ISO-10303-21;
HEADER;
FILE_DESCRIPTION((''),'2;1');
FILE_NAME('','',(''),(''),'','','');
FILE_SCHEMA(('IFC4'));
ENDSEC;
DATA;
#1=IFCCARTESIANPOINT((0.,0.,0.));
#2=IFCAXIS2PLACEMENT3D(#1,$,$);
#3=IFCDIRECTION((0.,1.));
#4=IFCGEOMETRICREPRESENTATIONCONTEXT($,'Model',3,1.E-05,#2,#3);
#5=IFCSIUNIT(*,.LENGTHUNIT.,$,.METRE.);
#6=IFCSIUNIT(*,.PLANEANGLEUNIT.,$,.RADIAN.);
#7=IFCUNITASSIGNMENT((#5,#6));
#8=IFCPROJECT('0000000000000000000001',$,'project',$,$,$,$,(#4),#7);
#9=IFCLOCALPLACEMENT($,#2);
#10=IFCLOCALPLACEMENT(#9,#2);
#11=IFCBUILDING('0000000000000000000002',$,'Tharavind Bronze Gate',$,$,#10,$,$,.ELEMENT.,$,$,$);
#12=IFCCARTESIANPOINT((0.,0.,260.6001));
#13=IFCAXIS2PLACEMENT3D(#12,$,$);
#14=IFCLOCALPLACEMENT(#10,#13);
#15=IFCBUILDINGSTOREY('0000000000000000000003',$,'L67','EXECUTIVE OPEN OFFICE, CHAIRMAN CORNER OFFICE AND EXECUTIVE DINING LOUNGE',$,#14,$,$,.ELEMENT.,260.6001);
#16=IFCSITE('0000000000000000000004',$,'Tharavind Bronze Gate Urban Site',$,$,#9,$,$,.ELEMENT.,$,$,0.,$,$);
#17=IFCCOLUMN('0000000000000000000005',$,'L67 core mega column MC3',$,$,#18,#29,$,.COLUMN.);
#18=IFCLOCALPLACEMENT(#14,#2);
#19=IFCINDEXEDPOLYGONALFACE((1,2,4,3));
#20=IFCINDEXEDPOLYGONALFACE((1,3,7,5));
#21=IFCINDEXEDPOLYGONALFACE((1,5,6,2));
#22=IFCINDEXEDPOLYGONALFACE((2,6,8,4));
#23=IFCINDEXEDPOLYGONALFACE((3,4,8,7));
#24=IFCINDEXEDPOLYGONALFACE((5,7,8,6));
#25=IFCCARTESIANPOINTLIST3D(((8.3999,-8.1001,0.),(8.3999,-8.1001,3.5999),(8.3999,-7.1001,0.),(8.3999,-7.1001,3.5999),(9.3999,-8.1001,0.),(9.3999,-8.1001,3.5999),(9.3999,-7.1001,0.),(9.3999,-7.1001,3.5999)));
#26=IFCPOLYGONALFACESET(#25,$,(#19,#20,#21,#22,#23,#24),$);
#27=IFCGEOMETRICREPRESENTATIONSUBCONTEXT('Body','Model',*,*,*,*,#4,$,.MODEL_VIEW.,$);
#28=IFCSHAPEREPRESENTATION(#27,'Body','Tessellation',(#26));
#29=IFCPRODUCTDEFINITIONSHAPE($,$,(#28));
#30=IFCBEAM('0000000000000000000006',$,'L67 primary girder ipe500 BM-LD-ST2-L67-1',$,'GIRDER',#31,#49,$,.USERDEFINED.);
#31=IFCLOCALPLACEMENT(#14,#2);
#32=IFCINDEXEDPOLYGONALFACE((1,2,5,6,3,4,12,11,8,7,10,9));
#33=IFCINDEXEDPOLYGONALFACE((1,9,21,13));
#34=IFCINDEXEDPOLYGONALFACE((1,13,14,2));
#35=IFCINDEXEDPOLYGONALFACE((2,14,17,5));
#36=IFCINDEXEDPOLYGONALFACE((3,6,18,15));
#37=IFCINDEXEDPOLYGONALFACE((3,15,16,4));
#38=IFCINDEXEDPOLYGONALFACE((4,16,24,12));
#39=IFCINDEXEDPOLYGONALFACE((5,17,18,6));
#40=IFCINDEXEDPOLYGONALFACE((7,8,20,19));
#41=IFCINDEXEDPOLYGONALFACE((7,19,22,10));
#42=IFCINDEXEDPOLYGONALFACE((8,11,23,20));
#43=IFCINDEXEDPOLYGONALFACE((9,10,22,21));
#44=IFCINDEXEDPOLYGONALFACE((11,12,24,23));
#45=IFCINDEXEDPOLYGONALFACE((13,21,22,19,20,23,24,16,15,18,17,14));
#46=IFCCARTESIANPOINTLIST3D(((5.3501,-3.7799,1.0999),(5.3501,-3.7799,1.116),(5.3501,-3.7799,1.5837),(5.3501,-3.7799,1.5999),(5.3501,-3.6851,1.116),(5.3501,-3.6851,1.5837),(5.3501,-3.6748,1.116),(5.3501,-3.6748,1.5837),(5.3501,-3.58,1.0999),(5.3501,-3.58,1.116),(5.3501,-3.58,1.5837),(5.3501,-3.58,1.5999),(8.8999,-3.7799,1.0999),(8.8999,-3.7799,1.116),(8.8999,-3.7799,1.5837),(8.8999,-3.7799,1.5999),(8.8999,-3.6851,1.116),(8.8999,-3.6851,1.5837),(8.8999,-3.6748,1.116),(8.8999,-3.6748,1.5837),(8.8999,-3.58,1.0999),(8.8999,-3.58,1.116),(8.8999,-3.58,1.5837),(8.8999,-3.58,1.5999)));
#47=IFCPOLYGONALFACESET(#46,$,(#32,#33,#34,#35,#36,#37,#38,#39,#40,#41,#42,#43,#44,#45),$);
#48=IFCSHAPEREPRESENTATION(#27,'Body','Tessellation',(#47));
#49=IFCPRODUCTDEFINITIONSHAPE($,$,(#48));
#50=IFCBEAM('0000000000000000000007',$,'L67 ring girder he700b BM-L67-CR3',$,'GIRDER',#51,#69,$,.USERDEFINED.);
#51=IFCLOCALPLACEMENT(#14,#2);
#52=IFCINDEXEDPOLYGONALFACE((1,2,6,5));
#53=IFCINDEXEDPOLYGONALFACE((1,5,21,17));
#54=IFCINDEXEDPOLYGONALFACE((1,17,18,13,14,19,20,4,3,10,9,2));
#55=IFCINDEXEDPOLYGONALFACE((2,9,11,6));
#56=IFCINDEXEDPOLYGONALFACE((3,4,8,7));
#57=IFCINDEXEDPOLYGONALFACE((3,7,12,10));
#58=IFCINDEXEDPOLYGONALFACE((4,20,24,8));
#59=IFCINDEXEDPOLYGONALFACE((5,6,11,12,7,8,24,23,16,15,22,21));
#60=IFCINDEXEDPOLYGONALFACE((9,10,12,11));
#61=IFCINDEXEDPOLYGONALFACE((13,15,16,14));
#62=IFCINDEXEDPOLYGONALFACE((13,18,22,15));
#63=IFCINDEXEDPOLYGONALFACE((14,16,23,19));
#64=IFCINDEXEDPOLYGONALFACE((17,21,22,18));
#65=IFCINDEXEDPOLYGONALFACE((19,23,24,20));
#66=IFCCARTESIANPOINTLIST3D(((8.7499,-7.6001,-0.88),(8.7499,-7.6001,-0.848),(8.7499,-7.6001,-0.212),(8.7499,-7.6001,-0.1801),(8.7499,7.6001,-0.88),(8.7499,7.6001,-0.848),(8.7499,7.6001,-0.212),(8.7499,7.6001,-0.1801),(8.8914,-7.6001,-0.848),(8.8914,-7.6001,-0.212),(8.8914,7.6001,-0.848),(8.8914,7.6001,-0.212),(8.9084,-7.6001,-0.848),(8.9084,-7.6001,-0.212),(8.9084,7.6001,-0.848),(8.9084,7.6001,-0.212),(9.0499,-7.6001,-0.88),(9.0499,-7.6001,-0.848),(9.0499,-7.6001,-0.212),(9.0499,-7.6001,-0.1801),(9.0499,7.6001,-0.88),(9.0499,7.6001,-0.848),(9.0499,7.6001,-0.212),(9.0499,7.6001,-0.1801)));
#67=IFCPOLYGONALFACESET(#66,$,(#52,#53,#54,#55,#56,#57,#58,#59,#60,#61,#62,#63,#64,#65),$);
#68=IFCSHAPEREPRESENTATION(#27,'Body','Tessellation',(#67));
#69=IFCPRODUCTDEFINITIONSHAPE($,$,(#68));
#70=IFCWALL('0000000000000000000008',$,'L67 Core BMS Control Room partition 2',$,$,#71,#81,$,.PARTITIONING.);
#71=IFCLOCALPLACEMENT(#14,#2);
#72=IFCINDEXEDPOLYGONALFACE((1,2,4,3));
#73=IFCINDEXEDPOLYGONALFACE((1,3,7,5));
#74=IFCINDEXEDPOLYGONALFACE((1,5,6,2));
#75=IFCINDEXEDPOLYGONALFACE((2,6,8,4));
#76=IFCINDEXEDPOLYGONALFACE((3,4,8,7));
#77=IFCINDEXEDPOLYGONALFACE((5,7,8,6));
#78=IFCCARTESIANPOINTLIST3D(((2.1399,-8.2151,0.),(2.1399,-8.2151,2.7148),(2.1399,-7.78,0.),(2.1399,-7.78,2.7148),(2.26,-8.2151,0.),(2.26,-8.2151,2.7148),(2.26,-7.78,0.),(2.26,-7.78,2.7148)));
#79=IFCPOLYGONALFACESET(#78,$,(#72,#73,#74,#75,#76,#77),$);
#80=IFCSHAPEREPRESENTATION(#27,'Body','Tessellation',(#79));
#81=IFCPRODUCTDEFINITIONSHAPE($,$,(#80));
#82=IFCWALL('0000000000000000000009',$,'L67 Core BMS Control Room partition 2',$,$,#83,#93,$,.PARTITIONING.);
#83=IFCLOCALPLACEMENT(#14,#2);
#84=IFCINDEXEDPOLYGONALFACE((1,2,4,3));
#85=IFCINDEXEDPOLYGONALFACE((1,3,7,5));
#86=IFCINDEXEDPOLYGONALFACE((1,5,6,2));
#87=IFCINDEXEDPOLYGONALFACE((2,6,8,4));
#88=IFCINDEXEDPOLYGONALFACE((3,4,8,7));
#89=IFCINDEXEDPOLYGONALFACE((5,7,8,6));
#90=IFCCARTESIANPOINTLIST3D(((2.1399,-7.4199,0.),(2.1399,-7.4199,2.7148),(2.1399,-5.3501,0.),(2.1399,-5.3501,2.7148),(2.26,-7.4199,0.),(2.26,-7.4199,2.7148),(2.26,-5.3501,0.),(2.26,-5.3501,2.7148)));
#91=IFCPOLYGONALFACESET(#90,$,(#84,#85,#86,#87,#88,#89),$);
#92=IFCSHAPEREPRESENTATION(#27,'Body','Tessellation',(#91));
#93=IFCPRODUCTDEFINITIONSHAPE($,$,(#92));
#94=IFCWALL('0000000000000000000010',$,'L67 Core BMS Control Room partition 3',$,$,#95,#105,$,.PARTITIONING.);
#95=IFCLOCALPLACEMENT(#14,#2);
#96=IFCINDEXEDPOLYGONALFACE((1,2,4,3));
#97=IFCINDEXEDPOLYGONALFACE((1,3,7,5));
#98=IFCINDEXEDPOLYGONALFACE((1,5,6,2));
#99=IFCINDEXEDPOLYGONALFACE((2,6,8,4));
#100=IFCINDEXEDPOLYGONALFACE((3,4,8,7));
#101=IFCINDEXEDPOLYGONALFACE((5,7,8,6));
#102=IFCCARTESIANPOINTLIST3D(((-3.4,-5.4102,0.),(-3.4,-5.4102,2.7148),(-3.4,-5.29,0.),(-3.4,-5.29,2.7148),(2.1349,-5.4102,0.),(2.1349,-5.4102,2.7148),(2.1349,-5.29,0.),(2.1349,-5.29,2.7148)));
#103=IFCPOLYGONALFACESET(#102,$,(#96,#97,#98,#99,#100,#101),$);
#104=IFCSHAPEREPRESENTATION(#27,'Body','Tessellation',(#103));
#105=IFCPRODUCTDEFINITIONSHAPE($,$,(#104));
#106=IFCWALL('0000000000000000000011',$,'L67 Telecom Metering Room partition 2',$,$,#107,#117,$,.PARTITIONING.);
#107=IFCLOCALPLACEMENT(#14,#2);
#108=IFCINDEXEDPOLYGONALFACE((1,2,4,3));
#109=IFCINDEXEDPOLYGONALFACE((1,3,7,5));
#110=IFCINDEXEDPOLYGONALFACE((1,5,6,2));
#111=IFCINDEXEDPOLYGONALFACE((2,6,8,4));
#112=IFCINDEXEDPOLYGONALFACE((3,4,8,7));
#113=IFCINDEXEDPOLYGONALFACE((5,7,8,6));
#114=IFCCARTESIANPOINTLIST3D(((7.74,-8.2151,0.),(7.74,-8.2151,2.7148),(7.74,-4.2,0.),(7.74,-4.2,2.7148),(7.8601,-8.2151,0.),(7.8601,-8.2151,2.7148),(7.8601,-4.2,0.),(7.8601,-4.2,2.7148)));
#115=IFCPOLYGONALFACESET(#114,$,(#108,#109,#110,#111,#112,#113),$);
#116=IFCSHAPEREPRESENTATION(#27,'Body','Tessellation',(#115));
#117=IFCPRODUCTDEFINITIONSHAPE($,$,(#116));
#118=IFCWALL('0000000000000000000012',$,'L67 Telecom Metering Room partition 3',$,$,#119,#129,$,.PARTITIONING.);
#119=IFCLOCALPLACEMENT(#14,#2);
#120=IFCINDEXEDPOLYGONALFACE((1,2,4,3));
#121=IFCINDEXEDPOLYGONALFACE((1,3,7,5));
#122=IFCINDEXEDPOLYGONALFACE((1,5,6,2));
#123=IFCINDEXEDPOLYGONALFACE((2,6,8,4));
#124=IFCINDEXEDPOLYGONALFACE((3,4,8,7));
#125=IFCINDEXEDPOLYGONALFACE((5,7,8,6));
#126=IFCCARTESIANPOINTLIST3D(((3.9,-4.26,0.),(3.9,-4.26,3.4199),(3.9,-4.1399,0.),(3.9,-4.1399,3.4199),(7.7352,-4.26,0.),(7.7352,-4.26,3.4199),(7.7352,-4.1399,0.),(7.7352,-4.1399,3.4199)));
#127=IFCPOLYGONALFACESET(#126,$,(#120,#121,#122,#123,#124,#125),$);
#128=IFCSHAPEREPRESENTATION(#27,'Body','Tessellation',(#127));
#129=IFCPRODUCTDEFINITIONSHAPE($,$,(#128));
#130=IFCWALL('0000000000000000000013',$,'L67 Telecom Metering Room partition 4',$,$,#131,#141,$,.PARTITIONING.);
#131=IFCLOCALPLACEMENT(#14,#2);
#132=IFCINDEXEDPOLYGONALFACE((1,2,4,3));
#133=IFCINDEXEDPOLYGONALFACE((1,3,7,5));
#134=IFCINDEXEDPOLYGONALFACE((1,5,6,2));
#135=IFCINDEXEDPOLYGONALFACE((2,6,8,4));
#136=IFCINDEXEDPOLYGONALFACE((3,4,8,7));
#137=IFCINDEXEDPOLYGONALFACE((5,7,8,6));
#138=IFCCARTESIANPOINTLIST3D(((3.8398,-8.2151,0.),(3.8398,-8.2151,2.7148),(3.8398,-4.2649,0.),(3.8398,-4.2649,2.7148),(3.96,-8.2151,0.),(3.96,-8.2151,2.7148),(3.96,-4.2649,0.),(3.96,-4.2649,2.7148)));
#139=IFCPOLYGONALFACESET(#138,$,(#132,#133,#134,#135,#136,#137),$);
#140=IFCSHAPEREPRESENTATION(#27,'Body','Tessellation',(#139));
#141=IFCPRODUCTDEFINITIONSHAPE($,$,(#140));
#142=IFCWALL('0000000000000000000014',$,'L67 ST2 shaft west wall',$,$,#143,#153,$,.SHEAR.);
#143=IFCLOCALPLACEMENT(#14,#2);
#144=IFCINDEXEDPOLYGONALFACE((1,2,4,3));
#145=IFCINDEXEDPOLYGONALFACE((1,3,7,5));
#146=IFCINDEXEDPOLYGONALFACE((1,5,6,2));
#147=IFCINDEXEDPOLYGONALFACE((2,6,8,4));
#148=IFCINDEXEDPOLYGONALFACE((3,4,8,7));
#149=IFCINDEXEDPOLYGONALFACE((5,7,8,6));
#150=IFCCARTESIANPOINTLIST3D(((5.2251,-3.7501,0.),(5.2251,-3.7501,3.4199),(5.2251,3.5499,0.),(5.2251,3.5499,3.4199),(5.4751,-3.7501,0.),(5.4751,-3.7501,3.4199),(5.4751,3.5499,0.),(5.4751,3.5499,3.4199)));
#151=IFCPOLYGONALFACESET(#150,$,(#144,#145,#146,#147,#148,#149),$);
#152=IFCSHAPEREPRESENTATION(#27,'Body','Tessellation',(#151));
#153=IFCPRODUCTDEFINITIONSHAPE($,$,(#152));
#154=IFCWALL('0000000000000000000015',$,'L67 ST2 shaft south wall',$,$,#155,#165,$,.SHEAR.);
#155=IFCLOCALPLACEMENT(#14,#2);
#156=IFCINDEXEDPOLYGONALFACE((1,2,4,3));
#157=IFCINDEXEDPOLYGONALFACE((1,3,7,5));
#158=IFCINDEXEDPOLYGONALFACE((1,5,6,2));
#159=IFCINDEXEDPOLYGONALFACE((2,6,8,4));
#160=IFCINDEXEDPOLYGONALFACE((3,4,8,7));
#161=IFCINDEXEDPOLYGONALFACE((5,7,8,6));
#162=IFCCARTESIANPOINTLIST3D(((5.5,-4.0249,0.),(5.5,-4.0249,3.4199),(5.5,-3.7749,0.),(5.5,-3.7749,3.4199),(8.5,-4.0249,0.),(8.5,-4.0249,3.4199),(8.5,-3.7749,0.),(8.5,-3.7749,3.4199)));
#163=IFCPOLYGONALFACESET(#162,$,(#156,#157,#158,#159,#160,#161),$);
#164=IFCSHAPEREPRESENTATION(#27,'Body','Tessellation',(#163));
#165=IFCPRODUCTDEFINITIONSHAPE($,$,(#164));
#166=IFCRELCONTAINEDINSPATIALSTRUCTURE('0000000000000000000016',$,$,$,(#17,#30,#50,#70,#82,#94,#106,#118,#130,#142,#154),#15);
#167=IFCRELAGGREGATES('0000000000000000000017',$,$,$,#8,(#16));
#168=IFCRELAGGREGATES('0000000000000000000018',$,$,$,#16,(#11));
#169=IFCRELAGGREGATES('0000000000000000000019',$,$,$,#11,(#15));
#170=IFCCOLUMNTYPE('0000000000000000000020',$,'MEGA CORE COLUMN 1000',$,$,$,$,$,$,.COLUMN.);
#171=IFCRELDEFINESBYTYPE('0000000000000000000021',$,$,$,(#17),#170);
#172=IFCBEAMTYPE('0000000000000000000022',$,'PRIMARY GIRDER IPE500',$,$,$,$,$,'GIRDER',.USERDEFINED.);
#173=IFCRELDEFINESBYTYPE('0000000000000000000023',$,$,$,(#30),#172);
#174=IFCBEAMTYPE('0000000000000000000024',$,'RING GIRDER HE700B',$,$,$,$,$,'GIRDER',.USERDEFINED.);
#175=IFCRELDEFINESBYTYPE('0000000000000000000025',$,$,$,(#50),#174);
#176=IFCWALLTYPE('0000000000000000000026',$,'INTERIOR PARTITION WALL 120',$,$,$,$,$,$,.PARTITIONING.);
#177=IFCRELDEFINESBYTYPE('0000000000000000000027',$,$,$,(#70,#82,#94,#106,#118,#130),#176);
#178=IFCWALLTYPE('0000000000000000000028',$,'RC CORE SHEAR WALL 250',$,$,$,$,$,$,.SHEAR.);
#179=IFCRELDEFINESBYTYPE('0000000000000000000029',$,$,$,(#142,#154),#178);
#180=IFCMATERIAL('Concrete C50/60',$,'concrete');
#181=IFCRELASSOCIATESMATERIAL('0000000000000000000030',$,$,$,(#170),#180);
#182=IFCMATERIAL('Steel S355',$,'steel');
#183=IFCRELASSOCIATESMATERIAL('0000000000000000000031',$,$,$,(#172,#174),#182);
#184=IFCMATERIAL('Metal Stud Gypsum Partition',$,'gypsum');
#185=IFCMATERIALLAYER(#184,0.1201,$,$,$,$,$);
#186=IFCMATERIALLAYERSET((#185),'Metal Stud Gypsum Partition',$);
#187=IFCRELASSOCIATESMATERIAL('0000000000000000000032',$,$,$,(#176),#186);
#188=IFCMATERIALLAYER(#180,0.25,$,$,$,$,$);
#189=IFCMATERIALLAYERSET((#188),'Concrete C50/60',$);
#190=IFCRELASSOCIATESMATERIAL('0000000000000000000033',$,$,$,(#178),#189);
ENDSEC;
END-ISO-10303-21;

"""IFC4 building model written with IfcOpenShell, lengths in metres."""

from ifc_helpers import new_model, si_unit, direction, frame, frame_2d, origin, origin_2d, place, context, subcontext, project, spatial, rectangle, i_section, extrude, material, layer, layer_set, material_profile, profile_set, type_object, element, save


model = new_model("IFC4")

# Units and contexts
model_context = context("Model", 3, precision=1e-05, world=origin(), true_north=direction((0.0, 1.0)))
body_context = subcontext(model_context, "Body", "Model", "MODEL_VIEW")
ifc_project = project(units=[si_unit("LENGTHUNIT", "METRE"), si_unit("PLANEANGLEUNIT", "RADIAN")], contexts=[model_context])

# Site, building, storey
site_placement = place(None, origin())
site = spatial("IfcSite", under=ifc_project, at=site_placement, Name="Tharavind Bronze Gate Urban Site", CompositionType="ELEMENT", RefElevation=0.0)
building_placement = place(site_placement, origin())
building = spatial("IfcBuilding", under=site, at=building_placement, Name="Tharavind Bronze Gate", CompositionType="ELEMENT")
storey_placement = place(building_placement, frame((0.0, 0.0, 260.6001)))
storey = spatial("IfcBuildingStorey", under=building, at=storey_placement, Name="L67", Description="EXECUTIVE OPEN OFFICE, CHAIRMAN CORNER OFFICE AND EXECUTIVE DINING LOUNGE", CompositionType="ELEMENT", Elevation=260.6001)

# Column
ifc_material_1 = material(Name="Concrete C50/60", Category="concrete")
ifc_material_profile_1 = material_profile(ifc_material_1, rectangle(XDim=1.0, YDim=1.0, at=origin_2d()), Name="RCCOL1000")
ifc_profile_set_1 = profile_set([ifc_material_profile_1], Name="Concrete C50/60")
column_type = type_object("IfcColumnType", Name="MEGA CORE COLUMN 1000", PredefinedType="COLUMN", material=ifc_profile_set_1)
column_placement = place(storey_placement, frame((8.8999, -7.6001, 0.0), z_axis=(0.0, 0.0, 1.0), x_axis=(1.0, 0.0, 0.0)))
element("IfcColumn", 1, at=column_placement, inside=storey, type_object=column_type, Name="L67 core mega column MC3", PredefinedType="COLUMN", context=body_context, shape_type="SweptSolid", body=[
    extrude(rectangle(XDim=1.0, YDim=1.0, at=origin_2d()), origin(), (0.0, 0.0, 1.0), 3.5999),
])

# Beams
ifc_material_2 = material(Name="Steel S355", Category="steel")
ifc_material_profile_2 = material_profile(ifc_material_2, i_section(OverallWidth=0.2, OverallDepth=0.5, WebThickness=0.0103, FlangeThickness=0.0161, at=origin_2d()), Name="IPE500")
ifc_profile_set_2 = profile_set([ifc_material_profile_2], Name="Steel S355")
beam_type_1 = type_object("IfcBeamType", Name="PRIMARY GIRDER IPE500", ElementType="GIRDER", PredefinedType="USERDEFINED", material=ifc_profile_set_2)
beam_1_placement = place(storey_placement, frame((5.3501, -3.6799, 1.3499), z_axis=(1.0, 0.0, 0.0), x_axis=(0.0, 1.0, 0.0)))
element("IfcBeam", 2, at=beam_1_placement, inside=storey, type_object=beam_type_1, Name="L67 primary girder ipe500 BM-LD-ST2-L67-1", ObjectType="GIRDER", PredefinedType="USERDEFINED", context=body_context, shape_type="SweptSolid", body=[
    extrude(i_section(OverallWidth=0.2, OverallDepth=0.5, WebThickness=0.0103, FlangeThickness=0.0161, at=origin_2d()), origin(), (0.0, 0.0, 1.0), 3.5498),
])
ifc_material_profile_3 = material_profile(ifc_material_2, i_section(OverallWidth=0.3, OverallDepth=0.7, WebThickness=0.0171, FlangeThickness=0.032, at=origin_2d()), Name="HE700B")
ifc_profile_set_3 = profile_set([ifc_material_profile_3], Name="Steel S355")
beam_type_2 = type_object("IfcBeamType", Name="RING GIRDER HE700B", ElementType="GIRDER", PredefinedType="USERDEFINED", material=ifc_profile_set_3)
beam_2_placement = place(storey_placement, frame((8.8999, -7.6001, -0.53), z_axis=(0.0, 1.0, 0.0), x_axis=(-1.0, 0.0, 0.0)))
element("IfcBeam", 3, at=beam_2_placement, inside=storey, type_object=beam_type_2, Name="L67 ring girder he700b BM-L67-CR3", ObjectType="GIRDER", PredefinedType="USERDEFINED", context=body_context, shape_type="SweptSolid", body=[
    extrude(i_section(OverallWidth=0.3, OverallDepth=0.7, WebThickness=0.0171, FlangeThickness=0.032, at=origin_2d()), origin(), (0.0, 0.0, 1.0), 15.2002),
])

# Walls
ifc_material_3 = material(Name="Metal Stud Gypsum Partition", Category="gypsum")
ifc_layer_1 = layer(ifc_material_3, 0.1201)
ifc_layer_set_1 = layer_set([ifc_layer_1], Name="Metal Stud Gypsum Partition")
wall_type_1 = type_object("IfcWallType", Name="INTERIOR PARTITION WALL 120", PredefinedType="PARTITIONING", material=ifc_layer_set_1)
wall_1_placement = place(storey_placement, frame((2.2, -8.2151, 0.0), z_axis=(0.0, 0.0, 1.0), x_axis=(0.0, 1.0, 0.0)))
element("IfcWall", 4, at=wall_1_placement, inside=storey, type_object=wall_type_1, Name="L67 Core BMS Control Room partition 2", PredefinedType="PARTITIONING", context=body_context, shape_type="SweptSolid", body=[
    extrude(rectangle(XDim=0.4351, YDim=0.1201, at=frame_2d((0.2175, 0.0))), origin(), (0.0, 0.0, 1.0), 2.7148),
])
wall_2_placement = place(storey_placement, frame((2.2, -7.4199, 0.0), z_axis=(0.0, 0.0, 1.0), x_axis=(0.0, 1.0, 0.0)))
element("IfcWall", 5, at=wall_2_placement, inside=storey, type_object=wall_type_1, Name="L67 Core BMS Control Room partition 2", PredefinedType="PARTITIONING", context=body_context, shape_type="SweptSolid", body=[
    extrude(rectangle(XDim=2.0698, YDim=0.1201, at=frame_2d((1.0349, 0.0))), origin(), (0.0, 0.0, 1.0), 2.7148),
])
wall_3_placement = place(storey_placement, frame((2.135, -5.3501, 0.0), z_axis=(0.0, 0.0, 1.0), x_axis=(-1.0, 0.0, 0.0)))
element("IfcWall", 6, at=wall_3_placement, inside=storey, type_object=wall_type_1, Name="L67 Core BMS Control Room partition 3", PredefinedType="PARTITIONING", context=body_context, shape_type="SweptSolid", body=[
    extrude(rectangle(XDim=5.5349, YDim=0.1201, at=frame_2d((2.7676, 0.0))), origin(), (0.0, 0.0, 1.0), 2.7148),
])
wall_4_placement = place(storey_placement, frame((7.8, -8.2151, 0.0), z_axis=(0.0, 0.0, 1.0), x_axis=(0.0, 1.0, 0.0)))
element("IfcWall", 7, at=wall_4_placement, inside=storey, type_object=wall_type_1, Name="L67 Telecom Metering Room partition 2", PredefinedType="PARTITIONING", context=body_context, shape_type="SweptSolid", body=[
    extrude(rectangle(XDim=4.0151, YDim=0.1201, at=frame_2d((2.0076, 0.0))), origin(), (0.0, 0.0, 1.0), 2.7148),
])
wall_5_placement = place(storey_placement, frame((7.7351, -4.2, 0.0), z_axis=(0.0, 0.0, 1.0), x_axis=(-1.0, 0.0, 0.0)))
element("IfcWall", 8, at=wall_5_placement, inside=storey, type_object=wall_type_1, Name="L67 Telecom Metering Room partition 3", PredefinedType="PARTITIONING", context=body_context, shape_type="SweptSolid", body=[
    extrude(rectangle(XDim=3.8352, YDim=0.1201, at=frame_2d((1.9175, 0.0))), origin(), (0.0, 0.0, 1.0), 3.4199),
])
wall_6_placement = place(storey_placement, frame((3.8999, -4.2649, 0.0), z_axis=(0.0, 0.0, 1.0), x_axis=(0.0, -1.0, 0.0)))
element("IfcWall", 9, at=wall_6_placement, inside=storey, type_object=wall_type_1, Name="L67 Telecom Metering Room partition 4", PredefinedType="PARTITIONING", context=body_context, shape_type="SweptSolid", body=[
    extrude(rectangle(XDim=3.9502, YDim=0.1201, at=frame_2d((1.9751, 0.0))), origin(), (0.0, 0.0, 1.0), 2.7148),
])
ifc_layer_2 = layer(ifc_material_1, 0.25)
ifc_layer_set_2 = layer_set([ifc_layer_2], Name="Concrete C50/60")
wall_type_2 = type_object("IfcWallType", Name="RC CORE SHEAR WALL 250", PredefinedType="SHEAR", material=ifc_layer_set_2)
wall_7_placement = place(storey_placement, frame((5.3501, -3.75, 0.0), z_axis=(0.0, 0.0, 1.0), x_axis=(0.0, 1.0, 0.0)))
element("IfcWall", 10, at=wall_7_placement, inside=storey, type_object=wall_type_2, Name="L67 ST2 shaft west wall", PredefinedType="SHEAR", context=body_context, shape_type="SweptSolid", body=[
    extrude(rectangle(XDim=7.3, YDim=0.25, at=frame_2d((3.6499, 0.0))), origin(), (0.0, 0.0, 1.0), 3.4199),
])
wall_8_placement = place(storey_placement, frame((5.5, -3.8999, 0.0), z_axis=(0.0, 0.0, 1.0), x_axis=(1.0, 0.0, 0.0)))
element("IfcWall", 11, at=wall_8_placement, inside=storey, type_object=wall_type_2, Name="L67 ST2 shaft south wall", PredefinedType="SHEAR", context=body_context, shape_type="SweptSolid", body=[
    extrude(rectangle(XDim=3.0, YDim=0.25, at=frame_2d((1.5, 0.0))), origin(), (0.0, 0.0, 1.0), 3.4199),
])

save(model, "model.ifc")
